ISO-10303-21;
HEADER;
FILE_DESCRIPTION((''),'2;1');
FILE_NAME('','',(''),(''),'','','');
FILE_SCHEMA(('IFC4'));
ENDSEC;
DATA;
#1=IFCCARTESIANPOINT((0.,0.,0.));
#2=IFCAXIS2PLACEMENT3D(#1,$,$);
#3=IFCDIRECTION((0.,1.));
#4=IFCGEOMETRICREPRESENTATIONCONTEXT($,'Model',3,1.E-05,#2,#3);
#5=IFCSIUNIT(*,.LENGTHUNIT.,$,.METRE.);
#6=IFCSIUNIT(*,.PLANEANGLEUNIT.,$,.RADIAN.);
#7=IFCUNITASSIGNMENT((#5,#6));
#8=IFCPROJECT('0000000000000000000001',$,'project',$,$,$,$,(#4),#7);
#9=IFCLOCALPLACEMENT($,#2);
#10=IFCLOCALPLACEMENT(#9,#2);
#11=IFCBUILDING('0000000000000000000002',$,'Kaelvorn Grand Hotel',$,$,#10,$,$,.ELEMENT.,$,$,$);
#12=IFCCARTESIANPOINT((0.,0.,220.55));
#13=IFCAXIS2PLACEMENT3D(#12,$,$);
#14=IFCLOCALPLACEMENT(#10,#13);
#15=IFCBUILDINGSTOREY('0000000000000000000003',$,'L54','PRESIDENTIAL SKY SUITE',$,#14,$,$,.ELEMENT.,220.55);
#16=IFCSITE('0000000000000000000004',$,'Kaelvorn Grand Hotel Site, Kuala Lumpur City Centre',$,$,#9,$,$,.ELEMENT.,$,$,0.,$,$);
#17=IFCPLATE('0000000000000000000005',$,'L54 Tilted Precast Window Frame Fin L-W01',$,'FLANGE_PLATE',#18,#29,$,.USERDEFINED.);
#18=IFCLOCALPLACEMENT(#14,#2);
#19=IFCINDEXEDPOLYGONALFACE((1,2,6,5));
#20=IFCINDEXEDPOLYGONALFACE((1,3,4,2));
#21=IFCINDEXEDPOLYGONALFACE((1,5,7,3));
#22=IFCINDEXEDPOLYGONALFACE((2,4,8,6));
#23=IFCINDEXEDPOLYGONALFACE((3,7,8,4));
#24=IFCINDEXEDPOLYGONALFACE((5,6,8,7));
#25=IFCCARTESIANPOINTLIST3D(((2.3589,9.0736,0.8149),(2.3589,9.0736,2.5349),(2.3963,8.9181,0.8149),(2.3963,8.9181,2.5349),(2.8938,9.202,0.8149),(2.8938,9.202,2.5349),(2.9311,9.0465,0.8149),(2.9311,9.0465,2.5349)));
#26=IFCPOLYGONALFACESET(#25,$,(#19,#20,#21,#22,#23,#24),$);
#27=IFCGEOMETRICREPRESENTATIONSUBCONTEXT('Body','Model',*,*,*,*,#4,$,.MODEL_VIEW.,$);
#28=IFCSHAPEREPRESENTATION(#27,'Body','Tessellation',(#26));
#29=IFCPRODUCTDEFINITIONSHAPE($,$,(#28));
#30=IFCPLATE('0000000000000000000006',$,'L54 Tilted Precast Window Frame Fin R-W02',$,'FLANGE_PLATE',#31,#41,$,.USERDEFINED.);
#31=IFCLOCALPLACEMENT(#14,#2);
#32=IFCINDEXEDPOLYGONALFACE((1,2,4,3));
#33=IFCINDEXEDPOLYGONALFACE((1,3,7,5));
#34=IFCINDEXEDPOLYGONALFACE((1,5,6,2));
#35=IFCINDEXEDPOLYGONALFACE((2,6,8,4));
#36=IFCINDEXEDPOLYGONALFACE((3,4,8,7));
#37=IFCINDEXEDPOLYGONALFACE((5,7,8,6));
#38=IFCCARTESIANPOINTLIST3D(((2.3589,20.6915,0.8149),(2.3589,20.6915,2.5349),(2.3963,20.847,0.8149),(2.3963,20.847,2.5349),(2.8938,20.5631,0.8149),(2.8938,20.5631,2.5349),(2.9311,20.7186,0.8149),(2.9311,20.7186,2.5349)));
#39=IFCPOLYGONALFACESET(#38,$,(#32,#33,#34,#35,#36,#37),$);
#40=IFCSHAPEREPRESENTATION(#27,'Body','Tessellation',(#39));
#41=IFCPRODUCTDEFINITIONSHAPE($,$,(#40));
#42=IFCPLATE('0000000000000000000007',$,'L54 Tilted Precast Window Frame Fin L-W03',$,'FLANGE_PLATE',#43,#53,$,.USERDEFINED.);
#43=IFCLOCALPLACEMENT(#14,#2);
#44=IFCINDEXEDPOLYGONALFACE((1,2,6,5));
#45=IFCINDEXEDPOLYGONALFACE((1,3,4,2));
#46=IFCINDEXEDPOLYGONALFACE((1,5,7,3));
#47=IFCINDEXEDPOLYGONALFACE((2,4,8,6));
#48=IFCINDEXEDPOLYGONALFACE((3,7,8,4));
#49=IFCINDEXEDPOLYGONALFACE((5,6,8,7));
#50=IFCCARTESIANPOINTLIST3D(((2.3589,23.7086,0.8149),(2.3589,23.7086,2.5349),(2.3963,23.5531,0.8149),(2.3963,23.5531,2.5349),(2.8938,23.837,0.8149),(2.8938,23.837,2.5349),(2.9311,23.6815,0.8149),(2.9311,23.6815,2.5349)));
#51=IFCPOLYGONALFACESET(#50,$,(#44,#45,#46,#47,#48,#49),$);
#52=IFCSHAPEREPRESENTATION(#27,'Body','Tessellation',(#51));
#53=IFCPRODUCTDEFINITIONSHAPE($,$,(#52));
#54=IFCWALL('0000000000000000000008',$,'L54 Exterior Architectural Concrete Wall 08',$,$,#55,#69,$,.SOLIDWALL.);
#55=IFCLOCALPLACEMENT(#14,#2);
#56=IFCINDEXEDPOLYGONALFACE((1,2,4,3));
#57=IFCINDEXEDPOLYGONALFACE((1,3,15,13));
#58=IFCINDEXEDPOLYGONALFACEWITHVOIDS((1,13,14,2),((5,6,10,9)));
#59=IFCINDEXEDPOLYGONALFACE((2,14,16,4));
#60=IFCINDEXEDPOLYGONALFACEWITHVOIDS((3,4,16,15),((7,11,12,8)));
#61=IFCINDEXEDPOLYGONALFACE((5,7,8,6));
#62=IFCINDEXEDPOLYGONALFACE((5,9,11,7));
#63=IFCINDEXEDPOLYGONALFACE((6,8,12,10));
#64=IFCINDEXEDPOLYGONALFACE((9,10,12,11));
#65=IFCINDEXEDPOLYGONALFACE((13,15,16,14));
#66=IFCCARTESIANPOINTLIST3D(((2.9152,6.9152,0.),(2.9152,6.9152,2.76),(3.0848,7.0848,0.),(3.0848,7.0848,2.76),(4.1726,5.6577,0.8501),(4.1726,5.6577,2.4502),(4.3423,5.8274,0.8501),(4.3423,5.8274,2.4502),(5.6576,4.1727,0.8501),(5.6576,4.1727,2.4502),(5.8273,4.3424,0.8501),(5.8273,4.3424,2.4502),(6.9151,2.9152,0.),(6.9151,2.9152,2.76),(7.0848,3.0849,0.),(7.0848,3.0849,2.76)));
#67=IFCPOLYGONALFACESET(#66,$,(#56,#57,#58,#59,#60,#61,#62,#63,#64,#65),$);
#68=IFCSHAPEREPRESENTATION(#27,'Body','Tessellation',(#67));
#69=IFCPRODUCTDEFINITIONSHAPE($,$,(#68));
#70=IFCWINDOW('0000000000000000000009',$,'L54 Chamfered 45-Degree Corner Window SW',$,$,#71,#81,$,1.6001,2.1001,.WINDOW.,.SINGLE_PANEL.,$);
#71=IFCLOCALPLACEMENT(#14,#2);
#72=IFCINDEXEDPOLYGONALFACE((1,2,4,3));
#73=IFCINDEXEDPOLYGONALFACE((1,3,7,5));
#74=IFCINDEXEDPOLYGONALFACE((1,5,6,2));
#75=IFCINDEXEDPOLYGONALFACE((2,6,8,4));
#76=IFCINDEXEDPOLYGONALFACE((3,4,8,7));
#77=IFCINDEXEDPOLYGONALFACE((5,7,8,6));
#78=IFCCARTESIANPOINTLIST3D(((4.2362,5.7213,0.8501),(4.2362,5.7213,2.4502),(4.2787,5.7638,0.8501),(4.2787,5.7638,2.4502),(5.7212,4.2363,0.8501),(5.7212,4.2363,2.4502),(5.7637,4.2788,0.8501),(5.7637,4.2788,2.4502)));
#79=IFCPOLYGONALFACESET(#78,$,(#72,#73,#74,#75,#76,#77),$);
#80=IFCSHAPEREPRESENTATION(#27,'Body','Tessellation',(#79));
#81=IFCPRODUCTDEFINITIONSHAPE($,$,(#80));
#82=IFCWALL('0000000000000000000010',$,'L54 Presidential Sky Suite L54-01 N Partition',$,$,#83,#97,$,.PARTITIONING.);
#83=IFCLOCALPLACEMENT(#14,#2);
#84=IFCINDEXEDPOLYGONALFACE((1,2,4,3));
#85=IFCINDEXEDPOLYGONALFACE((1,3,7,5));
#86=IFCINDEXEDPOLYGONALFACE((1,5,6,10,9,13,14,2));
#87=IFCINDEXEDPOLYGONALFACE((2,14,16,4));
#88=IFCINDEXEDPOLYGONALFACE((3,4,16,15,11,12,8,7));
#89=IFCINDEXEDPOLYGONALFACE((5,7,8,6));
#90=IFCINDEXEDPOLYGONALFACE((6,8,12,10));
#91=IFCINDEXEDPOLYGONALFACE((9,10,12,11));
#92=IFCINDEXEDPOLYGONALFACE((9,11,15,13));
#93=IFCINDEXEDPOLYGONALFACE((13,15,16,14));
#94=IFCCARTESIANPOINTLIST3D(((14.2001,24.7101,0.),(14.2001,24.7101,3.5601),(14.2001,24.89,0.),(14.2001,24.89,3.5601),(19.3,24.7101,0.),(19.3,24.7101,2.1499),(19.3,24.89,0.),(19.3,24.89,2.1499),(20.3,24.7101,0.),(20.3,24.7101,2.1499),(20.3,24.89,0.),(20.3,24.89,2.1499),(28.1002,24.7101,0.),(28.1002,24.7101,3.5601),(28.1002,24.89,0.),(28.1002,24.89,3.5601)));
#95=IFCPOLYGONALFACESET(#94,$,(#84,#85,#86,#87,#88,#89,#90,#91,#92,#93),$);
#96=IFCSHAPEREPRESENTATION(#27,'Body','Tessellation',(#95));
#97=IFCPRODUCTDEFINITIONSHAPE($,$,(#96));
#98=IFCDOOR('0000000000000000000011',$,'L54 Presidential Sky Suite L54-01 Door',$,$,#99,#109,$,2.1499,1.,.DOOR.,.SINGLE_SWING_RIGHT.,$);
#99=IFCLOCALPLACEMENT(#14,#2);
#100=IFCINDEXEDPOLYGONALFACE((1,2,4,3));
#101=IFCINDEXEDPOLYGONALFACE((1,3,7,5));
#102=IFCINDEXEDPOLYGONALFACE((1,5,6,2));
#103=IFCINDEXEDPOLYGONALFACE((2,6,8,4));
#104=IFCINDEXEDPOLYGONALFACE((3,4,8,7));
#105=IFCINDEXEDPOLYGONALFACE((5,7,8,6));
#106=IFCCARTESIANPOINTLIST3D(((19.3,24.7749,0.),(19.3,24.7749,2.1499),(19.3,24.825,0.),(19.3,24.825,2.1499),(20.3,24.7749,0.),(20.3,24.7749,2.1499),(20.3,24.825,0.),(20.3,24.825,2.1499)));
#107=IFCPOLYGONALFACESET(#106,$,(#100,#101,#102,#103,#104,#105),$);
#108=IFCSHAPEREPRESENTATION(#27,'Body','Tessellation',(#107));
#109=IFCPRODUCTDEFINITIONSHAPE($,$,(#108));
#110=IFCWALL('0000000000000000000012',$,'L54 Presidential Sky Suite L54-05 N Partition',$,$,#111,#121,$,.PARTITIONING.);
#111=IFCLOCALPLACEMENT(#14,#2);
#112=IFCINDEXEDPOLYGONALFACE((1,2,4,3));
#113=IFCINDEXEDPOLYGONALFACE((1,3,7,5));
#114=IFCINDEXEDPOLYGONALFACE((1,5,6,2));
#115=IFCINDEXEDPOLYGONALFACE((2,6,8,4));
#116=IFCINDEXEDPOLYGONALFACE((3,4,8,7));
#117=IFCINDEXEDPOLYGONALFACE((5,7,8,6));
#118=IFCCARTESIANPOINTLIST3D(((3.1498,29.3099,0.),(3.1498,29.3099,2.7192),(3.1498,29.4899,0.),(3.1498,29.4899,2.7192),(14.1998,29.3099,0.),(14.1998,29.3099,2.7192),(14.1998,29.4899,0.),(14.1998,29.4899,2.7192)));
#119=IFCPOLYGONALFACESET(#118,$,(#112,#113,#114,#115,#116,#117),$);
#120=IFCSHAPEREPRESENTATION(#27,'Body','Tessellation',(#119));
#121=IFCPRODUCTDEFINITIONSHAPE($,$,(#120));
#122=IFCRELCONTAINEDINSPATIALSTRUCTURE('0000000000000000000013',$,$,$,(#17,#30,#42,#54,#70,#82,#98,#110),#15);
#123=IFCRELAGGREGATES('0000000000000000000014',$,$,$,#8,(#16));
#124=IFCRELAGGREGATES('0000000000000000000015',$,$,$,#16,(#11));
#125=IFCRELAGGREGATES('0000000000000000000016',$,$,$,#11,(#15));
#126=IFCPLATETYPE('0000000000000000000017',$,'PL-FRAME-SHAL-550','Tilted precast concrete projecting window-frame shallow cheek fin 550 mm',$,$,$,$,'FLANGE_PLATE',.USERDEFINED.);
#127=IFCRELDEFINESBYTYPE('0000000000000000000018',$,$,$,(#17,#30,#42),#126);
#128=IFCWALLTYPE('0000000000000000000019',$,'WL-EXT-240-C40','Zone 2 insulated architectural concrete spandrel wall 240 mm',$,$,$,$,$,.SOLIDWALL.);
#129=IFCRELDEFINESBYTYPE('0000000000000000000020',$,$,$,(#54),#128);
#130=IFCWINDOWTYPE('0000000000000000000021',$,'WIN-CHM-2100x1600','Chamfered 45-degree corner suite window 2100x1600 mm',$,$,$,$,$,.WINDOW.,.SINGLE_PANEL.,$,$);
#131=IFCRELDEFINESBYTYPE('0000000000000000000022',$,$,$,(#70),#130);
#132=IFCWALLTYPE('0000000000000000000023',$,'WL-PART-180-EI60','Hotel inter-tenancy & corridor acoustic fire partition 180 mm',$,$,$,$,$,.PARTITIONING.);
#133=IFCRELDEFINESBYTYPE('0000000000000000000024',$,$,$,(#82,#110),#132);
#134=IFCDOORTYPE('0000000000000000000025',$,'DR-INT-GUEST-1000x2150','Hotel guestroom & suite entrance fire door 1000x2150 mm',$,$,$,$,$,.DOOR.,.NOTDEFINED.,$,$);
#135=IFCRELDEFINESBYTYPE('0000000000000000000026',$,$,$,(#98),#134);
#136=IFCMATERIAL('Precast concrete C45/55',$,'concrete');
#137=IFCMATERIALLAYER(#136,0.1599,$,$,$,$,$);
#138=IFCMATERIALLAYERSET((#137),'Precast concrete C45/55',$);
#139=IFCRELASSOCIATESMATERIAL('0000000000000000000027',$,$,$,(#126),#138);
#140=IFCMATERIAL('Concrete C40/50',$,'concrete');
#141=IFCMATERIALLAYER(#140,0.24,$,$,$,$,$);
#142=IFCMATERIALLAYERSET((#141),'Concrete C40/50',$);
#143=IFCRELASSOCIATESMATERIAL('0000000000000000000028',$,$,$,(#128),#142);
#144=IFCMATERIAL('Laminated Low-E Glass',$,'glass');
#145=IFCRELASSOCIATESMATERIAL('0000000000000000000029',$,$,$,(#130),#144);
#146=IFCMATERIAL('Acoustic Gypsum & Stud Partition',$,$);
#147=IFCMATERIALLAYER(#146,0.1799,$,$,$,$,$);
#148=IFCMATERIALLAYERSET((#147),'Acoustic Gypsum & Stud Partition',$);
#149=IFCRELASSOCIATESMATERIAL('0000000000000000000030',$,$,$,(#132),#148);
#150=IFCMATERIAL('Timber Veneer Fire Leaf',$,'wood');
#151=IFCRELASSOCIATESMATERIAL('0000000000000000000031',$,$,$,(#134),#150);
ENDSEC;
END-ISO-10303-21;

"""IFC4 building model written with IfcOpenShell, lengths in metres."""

from ifc_helpers import new_model, si_unit, direction, frame, frame_2d, origin, origin_2d, place, context, subcontext, project, spatial, rectangle, extrude, material, layer, layer_set, type_object, element, fill, save


model = new_model("IFC4")

# Units and contexts
model_context = context("Model", 3, precision=1e-05, world=origin(), true_north=direction((0.0, 1.0)))
body_context = subcontext(model_context, "Body", "Model", "MODEL_VIEW")
ifc_project = project(units=[si_unit("LENGTHUNIT", "METRE"), si_unit("PLANEANGLEUNIT", "RADIAN")], contexts=[model_context])

# Site, building, storey
site_placement = place(None, origin())
site = spatial("IfcSite", under=ifc_project, at=site_placement, Name="Kaelvorn Grand Hotel Site, Kuala Lumpur City Centre", CompositionType="ELEMENT", RefElevation=0.0)
building_placement = place(site_placement, origin())
building = spatial("IfcBuilding", under=site, at=building_placement, Name="Kaelvorn Grand Hotel", CompositionType="ELEMENT")
storey_placement = place(building_placement, frame((0.0, 0.0, 220.55)))
storey = spatial("IfcBuildingStorey", under=building, at=storey_placement, Name="L54", Description="PRESIDENTIAL SKY SUITE", CompositionType="ELEMENT", Elevation=220.55)

# Plates
ifc_material_1 = material(Name="Precast concrete C45/55", Category="concrete")
ifc_layer_1 = layer(ifc_material_1, 0.1599)
ifc_layer_set_1 = layer_set([ifc_layer_1], Name="Precast concrete C45/55")
plate_type_1 = type_object("IfcPlateType", Name="PL-FRAME-SHAL-550", Description="Tilted precast concrete projecting window-frame shallow cheek fin 550 mm", ElementType="FLANGE_PLATE", PredefinedType="USERDEFINED", material=ifc_layer_set_1)
for number, where, z_axis, x_axis, name in (
    (1, (2.645, 9.0601, 0.8149), (0.0, 0.0, 1.0), (-0.233445, 0.97237, 0.0), "L54 Tilted Precast Window Frame Fin L-W01"),
    (2, (2.645, 20.7051, 0.8149), (0.0, 0.0, 1.0), (0.233445, 0.97237, 0.0), "L54 Tilted Precast Window Frame Fin R-W02"),
    (3, (2.645, 23.6951, 0.8149), (0.0, 0.0, 1.0), (-0.233445, 0.97237, 0.0), "L54 Tilted Precast Window Frame Fin L-W03"),
):
    element("IfcPlate", number, at=place(storey_placement, frame(where, z_axis=z_axis, x_axis=x_axis)), inside=storey, type_object=plate_type_1, Name=name, ObjectType="FLANGE_PLATE", PredefinedType="USERDEFINED", context=body_context, shape_type="SweptSolid", body=[
        extrude(rectangle(XDim=0.1599, YDim=0.55, at=origin_2d()), origin(), (0.0, 0.0, 1.0), 1.72),
    ])

# Wall, opening, window
ifc_material_2 = material(Name="Concrete C40/50", Category="concrete")
ifc_layer_2 = layer(ifc_material_2, 0.24)
ifc_layer_set_2 = layer_set([ifc_layer_2], Name="Concrete C40/50")
wall_type_1 = type_object("IfcWallType", Name="WL-EXT-240-C40", Description="Zone 2 insulated architectural concrete spandrel wall 240 mm", PredefinedType="SOLIDWALL", material=ifc_layer_set_2)
wall_1_placement = place(storey_placement, frame((3.0, 7.0, 0.0), z_axis=(0.0, 0.0, 1.0), x_axis=(0.707107, -0.707107, 0.0)))
wall_1 = element("IfcWall", 4, at=wall_1_placement, inside=storey, type_object=wall_type_1, Name="L54 Exterior Architectural Concrete Wall 08", PredefinedType="SOLIDWALL", context=body_context, shape_type="SweptSolid", body=[
    extrude(rectangle(XDim=5.6567, YDim=0.24, at=frame_2d((2.8284, 0.0))), origin(), (0.0, 0.0, 1.0), 2.76),
])
opening_1_placement = place(wall_1_placement, frame((1.7783, 0.0, 0.8501)))
opening_1 = element("IfcOpeningElement", 5, at=opening_1_placement, cuts=wall_1, PredefinedType="OPENING", context=body_context, shape_type="SweptSolid", body=[
    extrude(rectangle(XDim=2.1001, YDim=1.6001, at=frame_2d((1.05, 0.8))), frame((0.0, 0.1299, 0.0), z_axis=(0.0, -1.0, 0.0), x_axis=(1.0, 0.0, 0.0)), (0.0, 0.0, 1.0), 0.26),
])
ifc_material_3 = material(Name="Laminated Low-E Glass", Category="glass")
window_type = type_object("IfcWindowType", Name="WIN-CHM-2100x1600", Description="Chamfered 45-degree corner suite window 2100x1600 mm", PartitioningType="SINGLE_PANEL", PredefinedType="WINDOW", material=ifc_material_3)
window_placement = place(opening_1_placement, origin())
window = element("IfcWindow", 6, at=window_placement, inside=storey, type_object=window_type, Name="L54 Chamfered 45-Degree Corner Window SW", OverallHeight=1.6001, OverallWidth=2.1001, PartitioningType="SINGLE_PANEL", PredefinedType="WINDOW", context=body_context, shape_type="SweptSolid", body=[
    extrude(rectangle(XDim=2.1001, YDim=1.6001, at=frame_2d((1.05, 0.8))), frame((0.0, 0.03, 0.0), z_axis=(0.0, -1.0, 0.0), x_axis=(1.0, 0.0, 0.0)), (0.0, 0.0, 1.0), 0.0601),
])
fill(opening_1, window)

# Wall, opening, door
ifc_material_4 = material(Name="Acoustic Gypsum & Stud Partition")
ifc_layer_3 = layer(ifc_material_4, 0.1799)
ifc_layer_set_3 = layer_set([ifc_layer_3], Name="Acoustic Gypsum & Stud Partition")
wall_type_2 = type_object("IfcWallType", Name="WL-PART-180-EI60", Description="Hotel inter-tenancy & corridor acoustic fire partition 180 mm", PredefinedType="PARTITIONING", material=ifc_layer_set_3)
wall_2_placement = place(storey_placement, frame((14.2, 24.8, 0.0), z_axis=(0.0, 0.0, 1.0), x_axis=(1.0, 0.0, 0.0)))
wall_2 = element("IfcWall", 7, at=wall_2_placement, inside=storey, type_object=wall_type_2, Name="L54 Presidential Sky Suite L54-01 N Partition", PredefinedType="PARTITIONING", context=body_context, shape_type="SweptSolid", body=[
    extrude(rectangle(XDim=13.9001, YDim=0.1799, at=frame_2d((6.9502, 0.0))), origin(), (0.0, 0.0, 1.0), 3.5601),
])
opening_2_placement = place(wall_2_placement, frame((5.1001, 0.0, 0.0)))
opening_2 = element("IfcOpeningElement", 8, at=opening_2_placement, cuts=wall_2, PredefinedType="OPENING", context=body_context, shape_type="SweptSolid", body=[
    extrude(rectangle(XDim=1.0, YDim=2.1499, at=frame_2d((0.5, 1.075))), frame((0.0, 0.1001, 0.0), z_axis=(0.0, -1.0, 0.0), x_axis=(1.0, 0.0, 0.0)), (0.0, 0.0, 1.0), 0.2),
])
ifc_material_5 = material(Name="Timber Veneer Fire Leaf", Category="wood")
door_type = type_object("IfcDoorType", Name="DR-INT-GUEST-1000x2150", Description="Hotel guestroom & suite entrance fire door 1000x2150 mm", OperationType="NOTDEFINED", PredefinedType="DOOR", material=ifc_material_5)
door_1_placement = place(opening_2_placement, origin())
door_1 = element("IfcDoor", 9, at=door_1_placement, inside=storey, type_object=door_type, Name="L54 Presidential Sky Suite L54-01 Door", OperationType="SINGLE_SWING_RIGHT", OverallHeight=2.1499, OverallWidth=1.0, PredefinedType="DOOR", context=body_context, shape_type="SweptSolid", body=[
    extrude(rectangle(XDim=1.0, YDim=2.1499, at=frame_2d((0.5, 1.075))), frame((0.0, 0.0249, 0.0), z_axis=(0.0, -1.0, 0.0), x_axis=(1.0, 0.0, 0.0)), (0.0, 0.0, 1.0), 0.05),
])
fill(opening_2, door_1)

# Wall
wall_3_placement = place(storey_placement, frame((3.1499, 29.3999, 0.0), z_axis=(0.0, 0.0, 1.0), x_axis=(1.0, 0.0, 0.0)))
element("IfcWall", 10, at=wall_3_placement, inside=storey, type_object=wall_type_2, Name="L54 Presidential Sky Suite L54-05 N Partition", PredefinedType="PARTITIONING", context=body_context, shape_type="SweptSolid", body=[
    extrude(rectangle(XDim=11.05, YDim=0.1799, at=frame_2d((5.5249, 0.0))), origin(), (0.0, 0.0, 1.0), 2.7192),
])

save(model, "model.ifc")
